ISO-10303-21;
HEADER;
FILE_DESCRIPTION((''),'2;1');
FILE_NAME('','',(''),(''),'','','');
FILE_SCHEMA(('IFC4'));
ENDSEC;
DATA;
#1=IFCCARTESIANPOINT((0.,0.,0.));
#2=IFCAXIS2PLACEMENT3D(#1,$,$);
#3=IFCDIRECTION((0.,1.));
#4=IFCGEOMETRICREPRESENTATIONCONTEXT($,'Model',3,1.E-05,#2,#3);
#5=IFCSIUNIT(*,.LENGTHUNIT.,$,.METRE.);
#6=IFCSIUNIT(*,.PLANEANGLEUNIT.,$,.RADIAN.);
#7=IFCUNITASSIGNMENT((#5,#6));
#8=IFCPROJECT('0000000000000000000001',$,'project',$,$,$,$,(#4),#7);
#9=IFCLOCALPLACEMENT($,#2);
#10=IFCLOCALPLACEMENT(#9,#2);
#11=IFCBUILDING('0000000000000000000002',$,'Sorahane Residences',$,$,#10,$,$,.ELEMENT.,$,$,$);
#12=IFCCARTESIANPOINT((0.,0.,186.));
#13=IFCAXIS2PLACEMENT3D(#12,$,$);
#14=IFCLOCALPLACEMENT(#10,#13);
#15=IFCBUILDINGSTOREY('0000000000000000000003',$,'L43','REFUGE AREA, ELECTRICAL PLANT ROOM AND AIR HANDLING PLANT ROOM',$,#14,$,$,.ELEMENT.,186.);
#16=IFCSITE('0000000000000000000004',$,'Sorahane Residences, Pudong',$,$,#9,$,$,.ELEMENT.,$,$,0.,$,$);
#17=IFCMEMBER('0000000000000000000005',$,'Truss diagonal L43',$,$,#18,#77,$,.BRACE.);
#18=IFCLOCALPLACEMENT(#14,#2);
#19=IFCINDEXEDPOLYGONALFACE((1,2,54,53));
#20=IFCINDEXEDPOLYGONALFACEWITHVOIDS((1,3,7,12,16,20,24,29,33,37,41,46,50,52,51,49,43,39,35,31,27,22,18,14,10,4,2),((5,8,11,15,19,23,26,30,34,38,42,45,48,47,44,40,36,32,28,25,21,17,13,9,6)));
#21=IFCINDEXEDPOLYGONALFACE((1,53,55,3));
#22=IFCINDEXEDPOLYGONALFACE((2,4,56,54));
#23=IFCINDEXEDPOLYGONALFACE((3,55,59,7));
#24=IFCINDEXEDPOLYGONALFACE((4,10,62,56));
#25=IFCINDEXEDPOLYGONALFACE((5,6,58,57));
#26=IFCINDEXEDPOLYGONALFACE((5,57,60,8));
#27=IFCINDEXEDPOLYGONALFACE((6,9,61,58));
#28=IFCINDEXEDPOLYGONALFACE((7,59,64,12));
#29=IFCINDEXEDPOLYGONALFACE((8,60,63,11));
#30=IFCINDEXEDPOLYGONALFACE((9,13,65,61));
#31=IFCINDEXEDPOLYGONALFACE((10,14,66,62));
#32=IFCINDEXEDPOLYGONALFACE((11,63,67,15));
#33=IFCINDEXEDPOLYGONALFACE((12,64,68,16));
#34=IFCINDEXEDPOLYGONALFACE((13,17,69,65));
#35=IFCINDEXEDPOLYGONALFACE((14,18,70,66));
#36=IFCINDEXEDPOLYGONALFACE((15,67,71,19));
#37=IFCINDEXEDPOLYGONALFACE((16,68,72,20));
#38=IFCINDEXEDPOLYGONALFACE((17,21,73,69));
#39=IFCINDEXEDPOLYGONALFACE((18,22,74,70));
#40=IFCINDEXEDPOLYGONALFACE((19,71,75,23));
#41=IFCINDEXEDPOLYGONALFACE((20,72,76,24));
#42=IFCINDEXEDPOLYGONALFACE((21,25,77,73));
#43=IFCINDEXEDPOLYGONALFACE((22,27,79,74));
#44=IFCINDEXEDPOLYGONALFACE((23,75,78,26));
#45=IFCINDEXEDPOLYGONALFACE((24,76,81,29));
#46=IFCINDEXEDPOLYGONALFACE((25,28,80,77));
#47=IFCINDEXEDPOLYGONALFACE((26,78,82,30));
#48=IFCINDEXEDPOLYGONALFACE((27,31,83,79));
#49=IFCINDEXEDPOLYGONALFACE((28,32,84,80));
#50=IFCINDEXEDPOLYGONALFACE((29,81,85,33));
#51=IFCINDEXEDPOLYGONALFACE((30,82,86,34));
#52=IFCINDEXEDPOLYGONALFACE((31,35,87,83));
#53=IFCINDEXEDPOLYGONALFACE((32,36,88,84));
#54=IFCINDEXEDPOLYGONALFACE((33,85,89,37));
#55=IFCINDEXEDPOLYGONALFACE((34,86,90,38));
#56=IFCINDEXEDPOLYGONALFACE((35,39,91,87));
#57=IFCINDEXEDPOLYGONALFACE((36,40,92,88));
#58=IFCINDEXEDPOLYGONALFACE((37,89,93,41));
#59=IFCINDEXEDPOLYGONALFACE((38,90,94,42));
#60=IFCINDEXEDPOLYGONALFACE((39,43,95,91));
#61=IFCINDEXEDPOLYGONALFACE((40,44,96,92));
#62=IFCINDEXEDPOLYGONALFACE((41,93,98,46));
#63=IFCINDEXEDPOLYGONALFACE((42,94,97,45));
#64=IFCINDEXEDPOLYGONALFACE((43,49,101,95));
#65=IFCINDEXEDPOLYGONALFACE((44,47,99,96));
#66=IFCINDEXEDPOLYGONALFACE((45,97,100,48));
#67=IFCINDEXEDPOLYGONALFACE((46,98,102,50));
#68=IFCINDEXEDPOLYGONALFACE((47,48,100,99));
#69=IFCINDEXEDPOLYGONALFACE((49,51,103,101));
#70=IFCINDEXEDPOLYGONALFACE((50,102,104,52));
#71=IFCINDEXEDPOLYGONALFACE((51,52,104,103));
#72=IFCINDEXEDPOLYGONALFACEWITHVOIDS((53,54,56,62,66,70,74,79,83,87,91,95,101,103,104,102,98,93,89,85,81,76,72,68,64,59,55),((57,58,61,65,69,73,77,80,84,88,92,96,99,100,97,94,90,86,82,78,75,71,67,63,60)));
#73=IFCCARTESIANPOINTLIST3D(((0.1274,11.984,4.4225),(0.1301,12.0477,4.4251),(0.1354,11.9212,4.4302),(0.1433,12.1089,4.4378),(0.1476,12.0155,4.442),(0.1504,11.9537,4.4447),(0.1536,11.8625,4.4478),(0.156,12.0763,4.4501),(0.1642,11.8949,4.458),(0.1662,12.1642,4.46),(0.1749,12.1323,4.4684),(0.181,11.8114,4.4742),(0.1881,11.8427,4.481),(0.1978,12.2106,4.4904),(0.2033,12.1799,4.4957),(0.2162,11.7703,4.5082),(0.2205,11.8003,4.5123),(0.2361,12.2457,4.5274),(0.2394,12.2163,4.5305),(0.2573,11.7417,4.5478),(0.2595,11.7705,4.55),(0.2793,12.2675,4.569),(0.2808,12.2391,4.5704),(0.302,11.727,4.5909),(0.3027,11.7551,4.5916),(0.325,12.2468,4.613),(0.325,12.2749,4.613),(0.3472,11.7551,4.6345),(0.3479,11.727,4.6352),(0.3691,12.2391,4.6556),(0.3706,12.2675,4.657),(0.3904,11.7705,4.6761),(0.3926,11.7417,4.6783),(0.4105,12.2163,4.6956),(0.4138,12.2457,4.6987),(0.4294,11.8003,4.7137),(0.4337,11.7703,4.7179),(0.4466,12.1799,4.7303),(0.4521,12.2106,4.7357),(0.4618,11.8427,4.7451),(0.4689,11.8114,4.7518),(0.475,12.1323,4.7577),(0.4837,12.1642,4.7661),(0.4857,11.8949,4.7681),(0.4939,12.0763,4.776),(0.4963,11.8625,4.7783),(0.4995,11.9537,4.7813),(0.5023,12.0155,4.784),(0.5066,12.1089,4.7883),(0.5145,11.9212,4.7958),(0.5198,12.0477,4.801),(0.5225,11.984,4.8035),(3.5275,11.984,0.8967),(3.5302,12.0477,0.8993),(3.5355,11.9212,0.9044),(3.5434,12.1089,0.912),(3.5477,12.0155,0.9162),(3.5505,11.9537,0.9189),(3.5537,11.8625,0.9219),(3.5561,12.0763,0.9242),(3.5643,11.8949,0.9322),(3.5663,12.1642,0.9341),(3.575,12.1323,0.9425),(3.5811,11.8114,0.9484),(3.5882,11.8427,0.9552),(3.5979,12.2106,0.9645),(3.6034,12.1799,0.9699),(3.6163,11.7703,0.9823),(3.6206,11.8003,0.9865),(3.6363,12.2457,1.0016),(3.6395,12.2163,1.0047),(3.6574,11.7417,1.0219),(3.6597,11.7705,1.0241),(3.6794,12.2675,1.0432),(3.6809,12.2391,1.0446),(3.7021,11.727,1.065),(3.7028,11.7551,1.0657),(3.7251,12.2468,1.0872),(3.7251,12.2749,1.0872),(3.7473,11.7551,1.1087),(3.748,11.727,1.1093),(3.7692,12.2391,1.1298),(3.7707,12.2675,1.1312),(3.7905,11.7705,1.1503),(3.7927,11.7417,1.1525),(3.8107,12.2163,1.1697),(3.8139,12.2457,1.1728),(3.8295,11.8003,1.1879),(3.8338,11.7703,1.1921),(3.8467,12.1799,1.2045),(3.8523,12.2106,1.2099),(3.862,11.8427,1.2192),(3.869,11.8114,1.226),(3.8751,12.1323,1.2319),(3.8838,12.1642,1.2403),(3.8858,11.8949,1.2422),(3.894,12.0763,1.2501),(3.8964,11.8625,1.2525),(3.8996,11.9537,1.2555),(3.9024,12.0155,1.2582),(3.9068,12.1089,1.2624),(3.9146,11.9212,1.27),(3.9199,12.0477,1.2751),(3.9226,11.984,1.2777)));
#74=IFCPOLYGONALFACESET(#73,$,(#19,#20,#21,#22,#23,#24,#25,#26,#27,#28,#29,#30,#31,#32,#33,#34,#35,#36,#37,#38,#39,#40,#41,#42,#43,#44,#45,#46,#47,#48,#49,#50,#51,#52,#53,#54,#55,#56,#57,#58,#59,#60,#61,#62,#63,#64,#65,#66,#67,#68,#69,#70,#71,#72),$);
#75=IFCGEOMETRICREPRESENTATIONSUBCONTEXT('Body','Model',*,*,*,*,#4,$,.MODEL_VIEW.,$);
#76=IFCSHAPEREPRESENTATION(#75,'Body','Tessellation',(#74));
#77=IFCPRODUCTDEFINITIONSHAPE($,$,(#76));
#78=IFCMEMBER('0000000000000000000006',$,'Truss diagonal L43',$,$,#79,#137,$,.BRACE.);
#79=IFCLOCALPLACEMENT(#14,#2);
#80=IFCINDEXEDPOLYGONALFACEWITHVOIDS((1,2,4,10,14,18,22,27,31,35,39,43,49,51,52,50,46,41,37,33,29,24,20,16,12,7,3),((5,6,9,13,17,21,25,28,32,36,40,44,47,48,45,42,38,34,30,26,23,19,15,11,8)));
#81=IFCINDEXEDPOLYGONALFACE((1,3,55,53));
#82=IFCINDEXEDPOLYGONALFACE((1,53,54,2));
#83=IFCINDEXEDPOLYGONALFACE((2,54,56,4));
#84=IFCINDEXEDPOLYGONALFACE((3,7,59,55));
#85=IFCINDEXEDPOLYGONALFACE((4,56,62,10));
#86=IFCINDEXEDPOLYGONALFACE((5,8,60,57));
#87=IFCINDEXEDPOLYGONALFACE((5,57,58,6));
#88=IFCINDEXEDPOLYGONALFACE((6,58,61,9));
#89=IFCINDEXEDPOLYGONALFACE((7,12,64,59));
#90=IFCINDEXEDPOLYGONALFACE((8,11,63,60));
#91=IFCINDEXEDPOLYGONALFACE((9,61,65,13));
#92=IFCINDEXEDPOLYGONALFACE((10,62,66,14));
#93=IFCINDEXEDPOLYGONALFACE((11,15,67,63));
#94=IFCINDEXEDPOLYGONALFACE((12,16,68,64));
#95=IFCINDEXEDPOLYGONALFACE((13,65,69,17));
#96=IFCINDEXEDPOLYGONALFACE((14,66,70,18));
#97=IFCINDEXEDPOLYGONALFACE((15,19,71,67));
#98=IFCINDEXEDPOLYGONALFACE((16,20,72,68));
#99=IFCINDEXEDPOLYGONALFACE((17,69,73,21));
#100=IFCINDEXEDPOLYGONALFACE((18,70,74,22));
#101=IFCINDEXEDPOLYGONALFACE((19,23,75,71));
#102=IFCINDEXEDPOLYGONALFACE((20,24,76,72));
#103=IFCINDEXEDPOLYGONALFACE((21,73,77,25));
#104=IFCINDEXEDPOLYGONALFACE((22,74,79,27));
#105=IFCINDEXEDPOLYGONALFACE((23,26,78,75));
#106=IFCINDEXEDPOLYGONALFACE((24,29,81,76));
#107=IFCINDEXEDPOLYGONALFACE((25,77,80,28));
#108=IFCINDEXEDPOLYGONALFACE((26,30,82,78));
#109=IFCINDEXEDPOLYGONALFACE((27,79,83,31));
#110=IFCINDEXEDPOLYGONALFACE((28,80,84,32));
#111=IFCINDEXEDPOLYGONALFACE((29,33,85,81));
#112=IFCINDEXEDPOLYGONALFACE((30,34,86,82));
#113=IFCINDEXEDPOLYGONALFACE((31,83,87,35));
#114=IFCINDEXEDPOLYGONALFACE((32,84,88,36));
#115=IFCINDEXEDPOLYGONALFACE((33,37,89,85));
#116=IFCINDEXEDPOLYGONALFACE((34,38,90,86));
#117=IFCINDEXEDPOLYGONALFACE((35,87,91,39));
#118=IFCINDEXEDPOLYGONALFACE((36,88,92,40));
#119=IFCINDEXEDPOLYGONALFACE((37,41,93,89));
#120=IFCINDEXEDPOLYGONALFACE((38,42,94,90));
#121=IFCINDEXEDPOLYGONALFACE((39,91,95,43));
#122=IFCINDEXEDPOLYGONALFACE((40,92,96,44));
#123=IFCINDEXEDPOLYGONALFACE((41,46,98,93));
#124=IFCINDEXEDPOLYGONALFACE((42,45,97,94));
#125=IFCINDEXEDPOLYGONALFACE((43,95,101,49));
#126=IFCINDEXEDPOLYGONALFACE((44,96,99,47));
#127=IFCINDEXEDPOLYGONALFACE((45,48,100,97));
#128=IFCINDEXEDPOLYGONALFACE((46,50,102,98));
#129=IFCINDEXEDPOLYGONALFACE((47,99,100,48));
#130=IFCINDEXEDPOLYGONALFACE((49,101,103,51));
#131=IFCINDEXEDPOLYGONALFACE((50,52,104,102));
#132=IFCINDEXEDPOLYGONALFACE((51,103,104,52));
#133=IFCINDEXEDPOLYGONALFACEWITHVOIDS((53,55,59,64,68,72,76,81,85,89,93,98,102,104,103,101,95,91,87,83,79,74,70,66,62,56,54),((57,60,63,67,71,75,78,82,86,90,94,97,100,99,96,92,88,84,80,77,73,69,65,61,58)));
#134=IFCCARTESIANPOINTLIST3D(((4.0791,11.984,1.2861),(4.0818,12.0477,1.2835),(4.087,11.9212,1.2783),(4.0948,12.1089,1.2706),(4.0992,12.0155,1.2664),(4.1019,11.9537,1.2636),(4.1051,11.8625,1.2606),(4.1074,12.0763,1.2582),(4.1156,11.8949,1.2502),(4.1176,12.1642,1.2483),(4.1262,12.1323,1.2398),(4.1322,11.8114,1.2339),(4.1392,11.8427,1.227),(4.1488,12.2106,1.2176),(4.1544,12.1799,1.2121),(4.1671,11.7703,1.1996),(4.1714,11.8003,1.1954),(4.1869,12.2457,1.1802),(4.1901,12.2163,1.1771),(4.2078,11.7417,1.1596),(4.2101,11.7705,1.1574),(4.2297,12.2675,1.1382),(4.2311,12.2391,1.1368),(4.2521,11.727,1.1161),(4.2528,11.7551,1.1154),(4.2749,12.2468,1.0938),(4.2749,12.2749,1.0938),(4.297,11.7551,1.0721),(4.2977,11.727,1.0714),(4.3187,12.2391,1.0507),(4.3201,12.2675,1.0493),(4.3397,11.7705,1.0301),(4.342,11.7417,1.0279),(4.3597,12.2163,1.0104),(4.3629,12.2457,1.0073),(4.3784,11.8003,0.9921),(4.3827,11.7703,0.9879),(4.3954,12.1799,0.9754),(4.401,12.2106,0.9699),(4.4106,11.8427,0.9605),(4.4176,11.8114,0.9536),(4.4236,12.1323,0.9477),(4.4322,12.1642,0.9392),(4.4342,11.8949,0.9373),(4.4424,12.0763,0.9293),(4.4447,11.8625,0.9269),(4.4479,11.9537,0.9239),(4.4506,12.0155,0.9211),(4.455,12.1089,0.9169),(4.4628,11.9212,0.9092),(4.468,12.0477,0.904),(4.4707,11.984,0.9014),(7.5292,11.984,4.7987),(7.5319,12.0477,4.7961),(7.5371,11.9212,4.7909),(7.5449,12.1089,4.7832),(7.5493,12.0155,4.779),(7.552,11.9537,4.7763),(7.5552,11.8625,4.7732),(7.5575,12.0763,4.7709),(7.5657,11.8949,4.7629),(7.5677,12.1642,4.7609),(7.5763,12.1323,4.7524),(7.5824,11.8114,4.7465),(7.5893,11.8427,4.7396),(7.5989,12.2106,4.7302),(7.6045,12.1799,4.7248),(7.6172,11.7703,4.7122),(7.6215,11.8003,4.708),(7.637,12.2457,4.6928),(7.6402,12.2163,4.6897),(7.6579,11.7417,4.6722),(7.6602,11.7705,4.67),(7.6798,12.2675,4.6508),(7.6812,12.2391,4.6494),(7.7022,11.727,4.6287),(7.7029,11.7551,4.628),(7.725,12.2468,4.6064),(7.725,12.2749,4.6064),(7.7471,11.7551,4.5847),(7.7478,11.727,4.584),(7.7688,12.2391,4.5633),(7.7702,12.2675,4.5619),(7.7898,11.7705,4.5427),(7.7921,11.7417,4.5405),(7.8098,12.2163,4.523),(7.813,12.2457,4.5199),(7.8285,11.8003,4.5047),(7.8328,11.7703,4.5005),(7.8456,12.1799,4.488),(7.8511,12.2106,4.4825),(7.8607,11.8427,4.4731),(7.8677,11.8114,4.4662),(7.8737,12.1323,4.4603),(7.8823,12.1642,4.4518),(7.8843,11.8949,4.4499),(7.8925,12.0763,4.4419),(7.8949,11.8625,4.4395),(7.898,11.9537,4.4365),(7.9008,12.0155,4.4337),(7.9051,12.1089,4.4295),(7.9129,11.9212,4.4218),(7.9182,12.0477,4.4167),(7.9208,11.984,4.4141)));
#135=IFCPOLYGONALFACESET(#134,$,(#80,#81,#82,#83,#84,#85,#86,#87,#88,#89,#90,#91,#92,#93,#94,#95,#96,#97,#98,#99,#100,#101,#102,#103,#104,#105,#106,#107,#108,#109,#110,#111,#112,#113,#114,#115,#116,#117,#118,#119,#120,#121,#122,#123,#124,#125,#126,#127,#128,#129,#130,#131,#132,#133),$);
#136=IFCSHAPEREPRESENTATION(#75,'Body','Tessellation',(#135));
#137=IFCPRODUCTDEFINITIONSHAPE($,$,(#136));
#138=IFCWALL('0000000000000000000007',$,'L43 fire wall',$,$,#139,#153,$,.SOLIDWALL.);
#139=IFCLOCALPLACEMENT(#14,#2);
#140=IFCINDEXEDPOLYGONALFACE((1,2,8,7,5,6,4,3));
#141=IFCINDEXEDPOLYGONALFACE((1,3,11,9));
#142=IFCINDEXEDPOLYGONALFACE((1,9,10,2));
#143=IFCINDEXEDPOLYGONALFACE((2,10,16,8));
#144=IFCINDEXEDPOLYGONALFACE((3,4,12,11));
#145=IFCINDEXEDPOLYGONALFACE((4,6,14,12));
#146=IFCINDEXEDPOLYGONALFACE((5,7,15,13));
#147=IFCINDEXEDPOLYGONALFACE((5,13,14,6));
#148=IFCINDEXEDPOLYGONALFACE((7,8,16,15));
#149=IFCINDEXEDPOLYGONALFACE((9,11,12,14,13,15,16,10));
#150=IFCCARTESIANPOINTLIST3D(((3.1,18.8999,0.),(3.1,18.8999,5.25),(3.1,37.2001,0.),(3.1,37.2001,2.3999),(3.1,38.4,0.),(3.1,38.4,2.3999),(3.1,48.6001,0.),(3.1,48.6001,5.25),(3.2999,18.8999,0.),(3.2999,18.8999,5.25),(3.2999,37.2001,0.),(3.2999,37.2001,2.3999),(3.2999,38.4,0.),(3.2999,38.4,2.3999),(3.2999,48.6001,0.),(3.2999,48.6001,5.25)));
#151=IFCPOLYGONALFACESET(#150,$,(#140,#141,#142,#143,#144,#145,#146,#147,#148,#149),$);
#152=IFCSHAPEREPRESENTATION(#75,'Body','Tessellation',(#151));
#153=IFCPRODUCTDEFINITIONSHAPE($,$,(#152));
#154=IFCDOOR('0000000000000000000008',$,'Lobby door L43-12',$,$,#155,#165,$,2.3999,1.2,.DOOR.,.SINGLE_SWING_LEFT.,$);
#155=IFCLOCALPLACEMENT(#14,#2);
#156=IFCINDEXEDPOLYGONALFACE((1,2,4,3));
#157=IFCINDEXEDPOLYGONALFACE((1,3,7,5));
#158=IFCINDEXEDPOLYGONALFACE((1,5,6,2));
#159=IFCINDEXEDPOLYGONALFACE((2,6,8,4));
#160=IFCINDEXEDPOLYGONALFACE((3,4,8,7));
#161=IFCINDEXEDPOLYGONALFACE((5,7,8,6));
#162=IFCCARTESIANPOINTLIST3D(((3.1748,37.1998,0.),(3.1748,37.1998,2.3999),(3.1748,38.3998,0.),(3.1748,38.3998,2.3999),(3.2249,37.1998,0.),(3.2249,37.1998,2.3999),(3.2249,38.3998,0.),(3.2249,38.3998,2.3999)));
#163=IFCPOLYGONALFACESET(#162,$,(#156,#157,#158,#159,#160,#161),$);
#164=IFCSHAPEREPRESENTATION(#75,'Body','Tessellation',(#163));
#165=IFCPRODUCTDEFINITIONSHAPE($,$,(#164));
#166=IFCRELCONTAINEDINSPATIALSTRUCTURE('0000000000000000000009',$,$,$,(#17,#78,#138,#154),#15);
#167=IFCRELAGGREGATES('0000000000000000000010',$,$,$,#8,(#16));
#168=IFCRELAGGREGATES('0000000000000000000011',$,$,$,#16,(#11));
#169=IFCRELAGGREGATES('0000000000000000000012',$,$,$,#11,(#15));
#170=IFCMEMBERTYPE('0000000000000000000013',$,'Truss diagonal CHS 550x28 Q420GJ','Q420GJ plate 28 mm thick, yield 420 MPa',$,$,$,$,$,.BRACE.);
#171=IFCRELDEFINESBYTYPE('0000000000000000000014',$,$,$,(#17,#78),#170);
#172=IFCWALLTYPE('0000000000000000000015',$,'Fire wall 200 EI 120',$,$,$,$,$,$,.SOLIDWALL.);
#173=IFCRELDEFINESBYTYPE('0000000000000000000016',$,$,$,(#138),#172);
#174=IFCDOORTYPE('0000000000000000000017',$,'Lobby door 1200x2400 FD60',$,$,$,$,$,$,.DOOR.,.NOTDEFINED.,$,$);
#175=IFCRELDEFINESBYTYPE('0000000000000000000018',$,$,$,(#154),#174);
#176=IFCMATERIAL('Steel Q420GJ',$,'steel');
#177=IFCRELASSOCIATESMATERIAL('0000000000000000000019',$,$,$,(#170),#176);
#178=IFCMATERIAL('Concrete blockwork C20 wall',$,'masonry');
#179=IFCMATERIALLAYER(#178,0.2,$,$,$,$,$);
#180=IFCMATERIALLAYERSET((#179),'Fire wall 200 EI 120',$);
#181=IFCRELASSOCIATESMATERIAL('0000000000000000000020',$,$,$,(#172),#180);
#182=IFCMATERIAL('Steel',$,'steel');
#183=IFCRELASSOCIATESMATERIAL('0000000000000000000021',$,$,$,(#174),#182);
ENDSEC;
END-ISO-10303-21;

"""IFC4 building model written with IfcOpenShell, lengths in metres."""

from ifc_helpers import new_model, si_unit, direction, frame, frame_2d, origin, origin_2d, place, context, subcontext, project, spatial, rectangle, hollow_circle, extrude, material, layer, layer_set, material_profile, profile_set, type_object, element, fill, save


model = new_model("IFC4")

# Units and contexts
model_context = context("Model", 3, precision=1e-05, world=origin(), true_north=direction((0.0, 1.0)))
body_context = subcontext(model_context, "Body", "Model", "MODEL_VIEW")
ifc_project = project(units=[si_unit("LENGTHUNIT", "METRE"), si_unit("PLANEANGLEUNIT", "RADIAN")], contexts=[model_context])

# Site, building, storey
site_placement = place(None, origin())
site = spatial("IfcSite", under=ifc_project, at=site_placement, Name="Sorahane Residences, Pudong", CompositionType="ELEMENT", RefElevation=0.0)
building_placement = place(site_placement, origin())
building = spatial("IfcBuilding", under=site, at=building_placement, Name="Sorahane Residences", CompositionType="ELEMENT")
storey_placement = place(building_placement, frame((0.0, 0.0, 186.0)))
storey = spatial("IfcBuildingStorey", under=building, at=storey_placement, Name="L43", Description="REFUGE AREA, ELECTRICAL PLANT ROOM AND AIR HANDLING PLANT ROOM", CompositionType="ELEMENT", Elevation=186.0)

# Members
ifc_material_1 = material(Name="Steel Q420GJ", Category="steel")
ifc_material_profile_1 = material_profile(ifc_material_1, hollow_circle(Radius=0.2749, WallThickness=0.0281, at=origin_2d()), Name="CHS 550x28")
ifc_profile_set_1 = profile_set([ifc_material_profile_1], Name="Steel Q420GJ")
member_type = type_object("IfcMemberType", Name="Truss diagonal CHS 550x28 Q420GJ", Description="Q420GJ plate 28 mm thick, yield 420 MPa", PredefinedType="BRACE", material=ifc_profile_set_1)
member_1_placement = place(storey_placement, frame((0.325, 12.0, 4.613), z_axis=(0.694156, 0.0, -0.719825), x_axis=(0.0, 1.0, 0.0)))
element("IfcMember", 1, at=member_1_placement, inside=storey, type_object=member_type, Name="Truss diagonal L43", PredefinedType="BRACE", context=body_context, shape_type="SweptSolid", body=[
    extrude(hollow_circle(Radius=0.2749, WallThickness=0.0281, at=origin_2d()), origin(), (0.0, 0.0, 1.0), 4.8982),
])
member_2_placement = place(storey_placement, frame((4.2749, 12.0, 1.0938), z_axis=(0.700731, 0.0, 0.713425), x_axis=(0.0, 1.0, 0.0)))
element("IfcMember", 2, at=member_2_placement, inside=storey, type_object=member_type, Name="Truss diagonal L43", PredefinedType="BRACE", context=body_context, shape_type="SweptSolid", body=[
    extrude(hollow_circle(Radius=0.2749, WallThickness=0.0281, at=origin_2d()), origin(), (0.0, 0.0, 1.0), 4.9236),
])

# Wall, opening, door
ifc_material_2 = material(Name="Concrete blockwork C20 wall", Category="masonry")
ifc_layer_1 = layer(ifc_material_2, 0.2)
ifc_layer_set_1 = layer_set([ifc_layer_1], Name="Fire wall 200 EI 120")
wall_type_1 = type_object("IfcWallType", Name="Fire wall 200 EI 120", PredefinedType="SOLIDWALL", material=ifc_layer_set_1)
wall_1_placement = place(storey_placement, frame((3.2, 18.8999, 0.0), z_axis=(0.0, 0.0, 1.0), x_axis=(0.0, 1.0, 0.0)))
wall_1 = element("IfcWall", 3, at=wall_1_placement, inside=storey, type_object=wall_type_1, Name="L43 fire wall", PredefinedType="SOLIDWALL", context=body_context, shape_type="SweptSolid", body=[
    extrude(rectangle(XDim=29.7002, YDim=0.2, at=frame_2d((14.8501, 0.0))), origin(), (0.0, 0.0, 1.0), 5.25),
])
opening_1_placement = place(wall_1_placement, frame((18.3, 0.0, 0.0)))
opening_1 = element("IfcOpeningElement", 4, at=opening_1_placement, cuts=wall_1, PredefinedType="OPENING", context=body_context, shape_type="SweptSolid", body=[
    extrude(rectangle(XDim=1.2, YDim=2.3999, at=frame_2d((0.6001, 1.2))), frame((0.0, 0.1099, 0.0), z_axis=(0.0, -1.0, 0.0), x_axis=(1.0, 0.0, 0.0)), (0.0, 0.0, 1.0), 0.22),
])
ifc_material_3 = material(Name="Steel", Category="steel")
door_type_1 = type_object("IfcDoorType", Name="Lobby door 1200x2400 FD60", OperationType="NOTDEFINED", PredefinedType="DOOR", material=ifc_material_3)
door_1_placement = place(opening_1_placement, frame((1.2, 0.0, 0.0), z_axis=(0.0, 0.0, 1.0), x_axis=(-1.0, 0.0, 0.0)))
door_1 = element("IfcDoor", 5, at=door_1_placement, inside=storey, type_object=door_type_1, Name="Lobby door L43-12", OperationType="SINGLE_SWING_LEFT", OverallHeight=2.3999, OverallWidth=1.2, PredefinedType="DOOR", context=body_context, shape_type="SweptSolid", body=[
    extrude(rectangle(XDim=1.2, YDim=2.3999, at=frame_2d((0.6001, 1.2))), frame((0.0, 0.0249, 0.0), z_axis=(0.0, -1.0, 0.0), x_axis=(1.0, 0.0, 0.0)), (0.0, 0.0, 1.0), 0.05),
])
fill(opening_1, door_1)

save(model, "model.ifc")
